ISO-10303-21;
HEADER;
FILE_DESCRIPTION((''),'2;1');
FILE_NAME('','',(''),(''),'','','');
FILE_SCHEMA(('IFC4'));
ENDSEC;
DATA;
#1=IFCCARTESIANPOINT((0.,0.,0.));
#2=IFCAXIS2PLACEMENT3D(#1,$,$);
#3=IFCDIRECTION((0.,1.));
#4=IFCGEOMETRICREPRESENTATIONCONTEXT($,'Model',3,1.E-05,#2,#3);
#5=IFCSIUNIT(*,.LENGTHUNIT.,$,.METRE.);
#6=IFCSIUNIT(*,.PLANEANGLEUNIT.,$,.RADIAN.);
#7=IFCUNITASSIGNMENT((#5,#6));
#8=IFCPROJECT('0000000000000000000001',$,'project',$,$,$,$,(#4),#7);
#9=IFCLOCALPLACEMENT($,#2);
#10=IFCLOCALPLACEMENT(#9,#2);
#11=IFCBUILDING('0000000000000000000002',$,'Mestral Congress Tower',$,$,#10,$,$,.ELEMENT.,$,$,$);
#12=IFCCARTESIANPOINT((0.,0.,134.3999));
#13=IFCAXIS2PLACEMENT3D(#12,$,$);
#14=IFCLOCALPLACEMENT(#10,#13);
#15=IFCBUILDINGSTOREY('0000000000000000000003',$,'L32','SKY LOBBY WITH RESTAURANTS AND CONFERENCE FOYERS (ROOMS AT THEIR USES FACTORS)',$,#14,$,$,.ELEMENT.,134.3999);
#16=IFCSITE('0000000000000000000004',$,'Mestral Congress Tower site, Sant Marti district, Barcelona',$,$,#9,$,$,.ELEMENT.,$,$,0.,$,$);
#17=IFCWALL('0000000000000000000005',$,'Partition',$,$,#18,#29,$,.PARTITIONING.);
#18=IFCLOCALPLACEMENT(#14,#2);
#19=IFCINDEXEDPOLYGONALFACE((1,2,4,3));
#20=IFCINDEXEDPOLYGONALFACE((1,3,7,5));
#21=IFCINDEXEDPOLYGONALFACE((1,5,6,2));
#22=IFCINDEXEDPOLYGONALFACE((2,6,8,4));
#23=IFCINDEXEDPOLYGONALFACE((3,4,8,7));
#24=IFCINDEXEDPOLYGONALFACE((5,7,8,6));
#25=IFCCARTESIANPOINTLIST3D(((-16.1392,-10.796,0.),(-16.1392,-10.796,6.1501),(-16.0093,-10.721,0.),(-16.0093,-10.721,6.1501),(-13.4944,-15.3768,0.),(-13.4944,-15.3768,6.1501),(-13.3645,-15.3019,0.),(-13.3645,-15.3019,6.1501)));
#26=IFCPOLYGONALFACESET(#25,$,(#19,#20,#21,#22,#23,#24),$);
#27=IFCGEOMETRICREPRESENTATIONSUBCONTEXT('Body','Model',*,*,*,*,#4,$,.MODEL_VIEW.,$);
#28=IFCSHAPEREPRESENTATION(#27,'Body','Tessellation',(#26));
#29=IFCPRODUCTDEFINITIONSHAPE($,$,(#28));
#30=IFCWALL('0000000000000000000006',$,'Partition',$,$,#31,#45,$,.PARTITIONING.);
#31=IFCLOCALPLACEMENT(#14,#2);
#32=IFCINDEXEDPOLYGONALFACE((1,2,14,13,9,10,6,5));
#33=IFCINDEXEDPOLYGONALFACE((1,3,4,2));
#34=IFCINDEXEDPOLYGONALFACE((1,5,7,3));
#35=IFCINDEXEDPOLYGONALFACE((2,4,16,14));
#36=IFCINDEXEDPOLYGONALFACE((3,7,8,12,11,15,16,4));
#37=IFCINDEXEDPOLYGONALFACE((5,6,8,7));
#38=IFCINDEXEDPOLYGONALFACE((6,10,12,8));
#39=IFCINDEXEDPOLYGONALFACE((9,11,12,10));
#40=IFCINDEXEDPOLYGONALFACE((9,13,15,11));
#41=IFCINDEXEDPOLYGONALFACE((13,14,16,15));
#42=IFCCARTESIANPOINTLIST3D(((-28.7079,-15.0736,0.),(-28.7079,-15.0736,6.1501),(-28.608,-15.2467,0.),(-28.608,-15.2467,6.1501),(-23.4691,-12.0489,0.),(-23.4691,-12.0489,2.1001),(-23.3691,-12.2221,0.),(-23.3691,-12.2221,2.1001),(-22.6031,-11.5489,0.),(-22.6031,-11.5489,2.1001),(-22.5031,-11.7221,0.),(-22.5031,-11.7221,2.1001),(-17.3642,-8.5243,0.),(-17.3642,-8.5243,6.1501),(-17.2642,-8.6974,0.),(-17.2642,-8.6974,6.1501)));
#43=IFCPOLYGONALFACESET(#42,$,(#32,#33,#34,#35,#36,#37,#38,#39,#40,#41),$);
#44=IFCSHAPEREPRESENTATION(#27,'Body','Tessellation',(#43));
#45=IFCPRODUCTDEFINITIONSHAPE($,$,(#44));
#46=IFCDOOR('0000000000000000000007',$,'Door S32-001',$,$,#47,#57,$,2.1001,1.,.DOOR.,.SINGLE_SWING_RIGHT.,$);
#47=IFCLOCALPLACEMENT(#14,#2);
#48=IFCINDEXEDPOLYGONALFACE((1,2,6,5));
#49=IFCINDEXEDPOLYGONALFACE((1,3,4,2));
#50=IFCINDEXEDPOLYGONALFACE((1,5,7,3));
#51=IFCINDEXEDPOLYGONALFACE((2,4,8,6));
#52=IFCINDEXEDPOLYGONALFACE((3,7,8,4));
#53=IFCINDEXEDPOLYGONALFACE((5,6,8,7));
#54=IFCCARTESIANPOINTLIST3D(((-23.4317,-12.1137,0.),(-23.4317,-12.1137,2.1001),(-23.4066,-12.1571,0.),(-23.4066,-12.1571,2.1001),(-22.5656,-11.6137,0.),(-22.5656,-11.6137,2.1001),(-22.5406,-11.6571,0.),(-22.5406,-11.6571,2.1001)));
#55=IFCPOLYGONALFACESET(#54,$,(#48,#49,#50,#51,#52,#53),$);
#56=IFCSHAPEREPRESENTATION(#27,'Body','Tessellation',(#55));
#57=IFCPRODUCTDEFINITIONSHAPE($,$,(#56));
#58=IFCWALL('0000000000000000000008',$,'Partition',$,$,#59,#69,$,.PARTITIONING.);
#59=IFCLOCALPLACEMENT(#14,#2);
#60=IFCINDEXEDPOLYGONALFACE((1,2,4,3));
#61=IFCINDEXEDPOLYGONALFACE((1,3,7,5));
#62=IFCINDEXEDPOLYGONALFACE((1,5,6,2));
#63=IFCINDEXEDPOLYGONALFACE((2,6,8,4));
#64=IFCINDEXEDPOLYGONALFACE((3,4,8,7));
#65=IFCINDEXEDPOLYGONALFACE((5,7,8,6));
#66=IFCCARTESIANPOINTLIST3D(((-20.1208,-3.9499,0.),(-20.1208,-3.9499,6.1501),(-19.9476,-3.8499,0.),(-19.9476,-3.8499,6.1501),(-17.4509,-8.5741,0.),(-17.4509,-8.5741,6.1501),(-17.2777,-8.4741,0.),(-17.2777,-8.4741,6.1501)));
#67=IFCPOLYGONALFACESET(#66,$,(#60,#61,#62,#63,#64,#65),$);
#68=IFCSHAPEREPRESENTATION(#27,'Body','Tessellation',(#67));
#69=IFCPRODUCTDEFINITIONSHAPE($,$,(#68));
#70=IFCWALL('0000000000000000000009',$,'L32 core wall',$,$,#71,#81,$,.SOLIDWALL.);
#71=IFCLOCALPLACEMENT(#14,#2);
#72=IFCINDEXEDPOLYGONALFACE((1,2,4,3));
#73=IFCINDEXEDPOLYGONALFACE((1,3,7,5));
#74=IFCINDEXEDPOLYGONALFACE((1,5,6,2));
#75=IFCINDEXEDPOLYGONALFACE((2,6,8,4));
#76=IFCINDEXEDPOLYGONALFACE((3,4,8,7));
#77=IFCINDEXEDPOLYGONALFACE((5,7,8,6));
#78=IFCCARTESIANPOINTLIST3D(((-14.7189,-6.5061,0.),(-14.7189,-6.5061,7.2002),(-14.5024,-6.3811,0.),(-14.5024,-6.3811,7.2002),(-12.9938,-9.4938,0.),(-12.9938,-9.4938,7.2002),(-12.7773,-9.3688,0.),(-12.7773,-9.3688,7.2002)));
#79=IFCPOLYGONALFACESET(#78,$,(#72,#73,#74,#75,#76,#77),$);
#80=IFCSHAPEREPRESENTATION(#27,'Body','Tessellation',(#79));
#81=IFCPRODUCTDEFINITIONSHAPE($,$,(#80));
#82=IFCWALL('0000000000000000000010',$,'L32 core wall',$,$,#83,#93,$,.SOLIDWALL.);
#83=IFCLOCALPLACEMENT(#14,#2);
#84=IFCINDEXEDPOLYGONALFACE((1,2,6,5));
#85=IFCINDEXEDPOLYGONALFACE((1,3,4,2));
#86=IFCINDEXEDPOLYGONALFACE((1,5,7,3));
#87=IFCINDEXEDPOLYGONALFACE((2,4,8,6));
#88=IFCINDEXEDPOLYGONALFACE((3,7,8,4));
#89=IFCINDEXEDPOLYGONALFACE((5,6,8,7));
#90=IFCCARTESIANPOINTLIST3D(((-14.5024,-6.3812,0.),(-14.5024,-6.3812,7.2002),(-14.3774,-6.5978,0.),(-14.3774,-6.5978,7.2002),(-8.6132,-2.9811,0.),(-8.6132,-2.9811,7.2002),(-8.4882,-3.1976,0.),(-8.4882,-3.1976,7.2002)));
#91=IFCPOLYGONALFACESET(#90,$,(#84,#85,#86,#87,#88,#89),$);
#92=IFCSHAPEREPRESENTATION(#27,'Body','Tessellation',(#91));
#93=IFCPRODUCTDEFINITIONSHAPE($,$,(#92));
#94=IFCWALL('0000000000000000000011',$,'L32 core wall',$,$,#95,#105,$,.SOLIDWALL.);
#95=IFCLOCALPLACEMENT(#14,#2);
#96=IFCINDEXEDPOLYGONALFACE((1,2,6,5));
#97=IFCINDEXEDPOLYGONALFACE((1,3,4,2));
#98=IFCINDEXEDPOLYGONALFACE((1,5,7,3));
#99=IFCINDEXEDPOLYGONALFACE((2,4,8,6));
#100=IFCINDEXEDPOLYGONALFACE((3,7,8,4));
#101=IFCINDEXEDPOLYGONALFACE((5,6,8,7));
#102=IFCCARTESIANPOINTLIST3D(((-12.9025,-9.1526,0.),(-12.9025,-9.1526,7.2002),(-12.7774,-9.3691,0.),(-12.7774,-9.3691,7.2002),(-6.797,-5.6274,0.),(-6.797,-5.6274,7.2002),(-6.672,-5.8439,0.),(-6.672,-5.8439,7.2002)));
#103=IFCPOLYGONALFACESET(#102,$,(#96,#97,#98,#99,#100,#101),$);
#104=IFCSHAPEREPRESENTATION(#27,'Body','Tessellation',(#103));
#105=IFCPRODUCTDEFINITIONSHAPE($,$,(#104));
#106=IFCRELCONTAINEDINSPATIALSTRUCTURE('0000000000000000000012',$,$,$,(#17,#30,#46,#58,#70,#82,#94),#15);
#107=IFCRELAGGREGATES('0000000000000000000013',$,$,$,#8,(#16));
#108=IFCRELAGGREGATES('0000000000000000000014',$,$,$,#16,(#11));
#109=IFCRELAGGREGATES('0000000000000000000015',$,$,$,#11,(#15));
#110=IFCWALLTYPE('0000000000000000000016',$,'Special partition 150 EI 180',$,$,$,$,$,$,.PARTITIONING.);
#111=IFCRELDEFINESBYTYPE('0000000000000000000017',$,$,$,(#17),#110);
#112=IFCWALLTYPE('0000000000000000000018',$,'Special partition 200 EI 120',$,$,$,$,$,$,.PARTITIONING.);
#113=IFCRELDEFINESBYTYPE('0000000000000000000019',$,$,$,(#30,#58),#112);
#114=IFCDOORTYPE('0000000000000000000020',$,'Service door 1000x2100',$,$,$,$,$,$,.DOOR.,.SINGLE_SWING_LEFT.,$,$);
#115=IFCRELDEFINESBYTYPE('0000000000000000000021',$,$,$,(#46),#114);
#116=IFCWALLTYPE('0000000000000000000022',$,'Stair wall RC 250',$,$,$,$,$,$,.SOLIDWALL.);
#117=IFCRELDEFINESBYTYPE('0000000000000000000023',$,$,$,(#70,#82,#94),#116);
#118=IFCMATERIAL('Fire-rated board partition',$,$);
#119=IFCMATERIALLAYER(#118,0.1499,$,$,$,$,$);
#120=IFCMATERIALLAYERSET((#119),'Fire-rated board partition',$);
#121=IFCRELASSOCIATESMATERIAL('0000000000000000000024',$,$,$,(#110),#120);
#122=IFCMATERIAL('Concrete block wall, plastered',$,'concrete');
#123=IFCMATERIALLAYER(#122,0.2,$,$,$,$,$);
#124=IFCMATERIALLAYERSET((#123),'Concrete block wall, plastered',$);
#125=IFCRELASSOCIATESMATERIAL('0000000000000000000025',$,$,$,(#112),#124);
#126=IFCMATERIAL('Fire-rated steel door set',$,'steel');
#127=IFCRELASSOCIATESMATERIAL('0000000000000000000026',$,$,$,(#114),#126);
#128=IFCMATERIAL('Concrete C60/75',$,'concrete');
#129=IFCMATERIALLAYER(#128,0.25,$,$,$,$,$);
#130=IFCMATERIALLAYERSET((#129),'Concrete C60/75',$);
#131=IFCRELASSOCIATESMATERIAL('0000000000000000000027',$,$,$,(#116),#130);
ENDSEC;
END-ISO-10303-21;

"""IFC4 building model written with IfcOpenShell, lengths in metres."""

from ifc_helpers import new_model, si_unit, direction, frame, frame_2d, origin, place, context, subcontext, project, spatial, rectangle, extrude, material, layer, layer_set, type_object, element, fill, save


model = new_model("IFC4")

# Units and contexts
model_context = context("Model", 3, precision=1e-05, world=origin(), true_north=direction((0.0, 1.0)))
body_context = subcontext(model_context, "Body", "Model", "MODEL_VIEW")
ifc_project = project(units=[si_unit("LENGTHUNIT", "METRE"), si_unit("PLANEANGLEUNIT", "RADIAN")], contexts=[model_context])

# Site, building, storey
site_placement = place(None, origin())
site = spatial("IfcSite", under=ifc_project, at=site_placement, Name="Mestral Congress Tower site, Sant Marti district, Barcelona", CompositionType="ELEMENT", RefElevation=0.0)
building_placement = place(site_placement, origin())
building = spatial("IfcBuilding", under=site, at=building_placement, Name="Mestral Congress Tower", CompositionType="ELEMENT")
storey_placement = place(building_placement, frame((0.0, 0.0, 134.3999)))
storey = spatial("IfcBuildingStorey", under=building, at=storey_placement, Name="L32", Description="SKY LOBBY WITH RESTAURANTS AND CONFERENCE FOYERS (ROOMS AT THEIR USES FACTORS)", CompositionType="ELEMENT", Elevation=134.3999)

# Shared definitions
ifc_material_1 = material(Name="Fire-rated board partition")
ifc_layer_1 = layer(ifc_material_1, 0.1499)
ifc_layer_set_1 = layer_set([ifc_layer_1], Name="Fire-rated board partition")
wall_type_1 = type_object("IfcWallType", Name="Special partition 150 EI 180", PredefinedType="PARTITIONING", material=ifc_layer_set_1)
ifc_material_2 = material(Name="Fire-rated steel door set", Category="steel")

# Wall
wall_1_placement = place(storey_placement, frame((-13.4294, -15.3394, 0.0), z_axis=(0.0, 0.0, 1.0), x_axis=(-0.500006, 0.866022, 0.0)))
element("IfcWall", 1, at=wall_1_placement, inside=storey, type_object=wall_type_1, Name="Partition", PredefinedType="PARTITIONING", context=body_context, shape_type="SweptSolid", body=[
    extrude(rectangle(XDim=5.2896, YDim=0.1499, at=frame_2d((2.6448, 0.0))), origin(), (0.0, 0.0, 1.0), 6.1501),
])

# Wall, opening, door
ifc_material_3 = material(Name="Concrete block wall, plastered", Category="concrete")
ifc_layer_2 = layer(ifc_material_3, 0.2)
ifc_layer_set_2 = layer_set([ifc_layer_2], Name="Concrete block wall, plastered")
wall_type_2 = type_object("IfcWallType", Name="Special partition 200 EI 120", PredefinedType="PARTITIONING", material=ifc_layer_set_2)
wall_2_placement = place(storey_placement, frame((-17.3142, -8.6108, 0.0), z_axis=(0.0, 0.0, 1.0), x_axis=(-0.866025, -0.5, 0.0)))
wall_2 = element("IfcWall", 2, at=wall_2_placement, inside=storey, type_object=wall_type_2, Name="Partition", PredefinedType="PARTITIONING", context=body_context, shape_type="SweptSolid", body=[
    extrude(rectangle(XDim=13.0986, YDim=0.2, at=frame_2d((6.5493, 0.0))), origin(), (0.0, 0.0, 1.0), 6.1501),
])
opening_1_placement = place(wall_2_placement, frame((6.0493, 0.0, 0.0)))
opening_1 = element("IfcOpeningElement", 3, at=opening_1_placement, cuts=wall_2, PredefinedType="OPENING", context=body_context, shape_type="SweptSolid", body=[
    extrude(rectangle(XDim=1.0, YDim=2.1001, at=frame_2d((0.5, 1.05))), frame((0.0, 0.1099, 0.0), z_axis=(0.0, -1.0, 0.0), x_axis=(1.0, 0.0, 0.0)), (0.0, 0.0, 1.0), 0.22),
])
door_type_1 = type_object("IfcDoorType", Name="Service door 1000x2100", OperationType="SINGLE_SWING_LEFT", PredefinedType="DOOR", material=ifc_material_2)
door_1_placement = place(opening_1_placement, origin())
door_1 = element("IfcDoor", 4, at=door_1_placement, inside=storey, type_object=door_type_1, Name="Door S32-001", OperationType="SINGLE_SWING_RIGHT", OverallHeight=2.1001, OverallWidth=1.0, PredefinedType="DOOR", context=body_context, shape_type="SweptSolid", body=[
    extrude(rectangle(XDim=1.0, YDim=2.1001, at=frame_2d((0.5, 1.05))), frame((0.0, 0.0249, 0.0), z_axis=(0.0, -1.0, 0.0), x_axis=(1.0, 0.0, 0.0)), (0.0, 0.0, 1.0), 0.05),
])
fill(opening_1, door_1)

# Walls
wall_3_placement = place(storey_placement, frame((-17.3643, -8.5242, 0.0), z_axis=(0.0, 0.0, 1.0), x_axis=(-0.500014, 0.866017, 0.0)))
element("IfcWall", 5, at=wall_3_placement, inside=storey, type_object=wall_type_2, Name="Partition", PredefinedType="PARTITIONING", context=body_context, shape_type="SweptSolid", body=[
    extrude(rectangle(XDim=5.3396, YDim=0.2, at=frame_2d((2.6699, 0.0))), origin(), (0.0, 0.0, 1.0), 6.1501),
])
ifc_material_4 = material(Name="Concrete C60/75", Category="concrete")
ifc_layer_3 = layer(ifc_material_4, 0.25)
ifc_layer_set_3 = layer_set([ifc_layer_3], Name="Concrete C60/75")
wall_type_3 = type_object("IfcWallType", Name="Stair wall RC 250", PredefinedType="SOLIDWALL", material=ifc_layer_set_3)
wall_4_placement = place(storey_placement, frame((-12.8855, -9.4314, 0.0), z_axis=(0.0, 0.0, 1.0), x_axis=(-0.500021, 0.866014, 0.0)))
element("IfcWall", 6, at=wall_4_placement, inside=storey, type_object=wall_type_3, Name="L32 core wall", PredefinedType="SOLIDWALL", context=body_context, shape_type="SweptSolid", body=[
    extrude(rectangle(XDim=3.45, YDim=0.25, at=frame_2d((1.7251, 0.0))), origin(), (0.0, 0.0, 1.0), 7.2002),
])
wall_5_placement = place(storey_placement, frame((-14.4399, -6.4895, 0.0), z_axis=(0.0, 0.0, 1.0), x_axis=(0.866023, 0.500004, 0.0)))
element("IfcWall", 7, at=wall_5_placement, inside=storey, type_object=wall_type_3, Name="L32 core wall", PredefinedType="SOLIDWALL", context=body_context, shape_type="SweptSolid", body=[
    extrude(rectangle(XDim=6.8003, YDim=0.25, at=frame_2d((3.4001, 0.0))), origin(), (0.0, 0.0, 1.0), 7.2002),
])
wall_6_placement = place(storey_placement, frame((-12.8398, -9.2607, 0.0), z_axis=(0.0, 0.0, 1.0), x_axis=(0.866016, 0.500016, 0.0)))
element("IfcWall", 8, at=wall_6_placement, inside=storey, type_object=wall_type_3, Name="L32 core wall", PredefinedType="SOLIDWALL", context=body_context, shape_type="SweptSolid", body=[
    extrude(rectangle(XDim=7.05, YDim=0.25, at=frame_2d((3.5249, 0.0))), origin(), (0.0, 0.0, 1.0), 7.2002),
])

save(model, "model.ifc")
